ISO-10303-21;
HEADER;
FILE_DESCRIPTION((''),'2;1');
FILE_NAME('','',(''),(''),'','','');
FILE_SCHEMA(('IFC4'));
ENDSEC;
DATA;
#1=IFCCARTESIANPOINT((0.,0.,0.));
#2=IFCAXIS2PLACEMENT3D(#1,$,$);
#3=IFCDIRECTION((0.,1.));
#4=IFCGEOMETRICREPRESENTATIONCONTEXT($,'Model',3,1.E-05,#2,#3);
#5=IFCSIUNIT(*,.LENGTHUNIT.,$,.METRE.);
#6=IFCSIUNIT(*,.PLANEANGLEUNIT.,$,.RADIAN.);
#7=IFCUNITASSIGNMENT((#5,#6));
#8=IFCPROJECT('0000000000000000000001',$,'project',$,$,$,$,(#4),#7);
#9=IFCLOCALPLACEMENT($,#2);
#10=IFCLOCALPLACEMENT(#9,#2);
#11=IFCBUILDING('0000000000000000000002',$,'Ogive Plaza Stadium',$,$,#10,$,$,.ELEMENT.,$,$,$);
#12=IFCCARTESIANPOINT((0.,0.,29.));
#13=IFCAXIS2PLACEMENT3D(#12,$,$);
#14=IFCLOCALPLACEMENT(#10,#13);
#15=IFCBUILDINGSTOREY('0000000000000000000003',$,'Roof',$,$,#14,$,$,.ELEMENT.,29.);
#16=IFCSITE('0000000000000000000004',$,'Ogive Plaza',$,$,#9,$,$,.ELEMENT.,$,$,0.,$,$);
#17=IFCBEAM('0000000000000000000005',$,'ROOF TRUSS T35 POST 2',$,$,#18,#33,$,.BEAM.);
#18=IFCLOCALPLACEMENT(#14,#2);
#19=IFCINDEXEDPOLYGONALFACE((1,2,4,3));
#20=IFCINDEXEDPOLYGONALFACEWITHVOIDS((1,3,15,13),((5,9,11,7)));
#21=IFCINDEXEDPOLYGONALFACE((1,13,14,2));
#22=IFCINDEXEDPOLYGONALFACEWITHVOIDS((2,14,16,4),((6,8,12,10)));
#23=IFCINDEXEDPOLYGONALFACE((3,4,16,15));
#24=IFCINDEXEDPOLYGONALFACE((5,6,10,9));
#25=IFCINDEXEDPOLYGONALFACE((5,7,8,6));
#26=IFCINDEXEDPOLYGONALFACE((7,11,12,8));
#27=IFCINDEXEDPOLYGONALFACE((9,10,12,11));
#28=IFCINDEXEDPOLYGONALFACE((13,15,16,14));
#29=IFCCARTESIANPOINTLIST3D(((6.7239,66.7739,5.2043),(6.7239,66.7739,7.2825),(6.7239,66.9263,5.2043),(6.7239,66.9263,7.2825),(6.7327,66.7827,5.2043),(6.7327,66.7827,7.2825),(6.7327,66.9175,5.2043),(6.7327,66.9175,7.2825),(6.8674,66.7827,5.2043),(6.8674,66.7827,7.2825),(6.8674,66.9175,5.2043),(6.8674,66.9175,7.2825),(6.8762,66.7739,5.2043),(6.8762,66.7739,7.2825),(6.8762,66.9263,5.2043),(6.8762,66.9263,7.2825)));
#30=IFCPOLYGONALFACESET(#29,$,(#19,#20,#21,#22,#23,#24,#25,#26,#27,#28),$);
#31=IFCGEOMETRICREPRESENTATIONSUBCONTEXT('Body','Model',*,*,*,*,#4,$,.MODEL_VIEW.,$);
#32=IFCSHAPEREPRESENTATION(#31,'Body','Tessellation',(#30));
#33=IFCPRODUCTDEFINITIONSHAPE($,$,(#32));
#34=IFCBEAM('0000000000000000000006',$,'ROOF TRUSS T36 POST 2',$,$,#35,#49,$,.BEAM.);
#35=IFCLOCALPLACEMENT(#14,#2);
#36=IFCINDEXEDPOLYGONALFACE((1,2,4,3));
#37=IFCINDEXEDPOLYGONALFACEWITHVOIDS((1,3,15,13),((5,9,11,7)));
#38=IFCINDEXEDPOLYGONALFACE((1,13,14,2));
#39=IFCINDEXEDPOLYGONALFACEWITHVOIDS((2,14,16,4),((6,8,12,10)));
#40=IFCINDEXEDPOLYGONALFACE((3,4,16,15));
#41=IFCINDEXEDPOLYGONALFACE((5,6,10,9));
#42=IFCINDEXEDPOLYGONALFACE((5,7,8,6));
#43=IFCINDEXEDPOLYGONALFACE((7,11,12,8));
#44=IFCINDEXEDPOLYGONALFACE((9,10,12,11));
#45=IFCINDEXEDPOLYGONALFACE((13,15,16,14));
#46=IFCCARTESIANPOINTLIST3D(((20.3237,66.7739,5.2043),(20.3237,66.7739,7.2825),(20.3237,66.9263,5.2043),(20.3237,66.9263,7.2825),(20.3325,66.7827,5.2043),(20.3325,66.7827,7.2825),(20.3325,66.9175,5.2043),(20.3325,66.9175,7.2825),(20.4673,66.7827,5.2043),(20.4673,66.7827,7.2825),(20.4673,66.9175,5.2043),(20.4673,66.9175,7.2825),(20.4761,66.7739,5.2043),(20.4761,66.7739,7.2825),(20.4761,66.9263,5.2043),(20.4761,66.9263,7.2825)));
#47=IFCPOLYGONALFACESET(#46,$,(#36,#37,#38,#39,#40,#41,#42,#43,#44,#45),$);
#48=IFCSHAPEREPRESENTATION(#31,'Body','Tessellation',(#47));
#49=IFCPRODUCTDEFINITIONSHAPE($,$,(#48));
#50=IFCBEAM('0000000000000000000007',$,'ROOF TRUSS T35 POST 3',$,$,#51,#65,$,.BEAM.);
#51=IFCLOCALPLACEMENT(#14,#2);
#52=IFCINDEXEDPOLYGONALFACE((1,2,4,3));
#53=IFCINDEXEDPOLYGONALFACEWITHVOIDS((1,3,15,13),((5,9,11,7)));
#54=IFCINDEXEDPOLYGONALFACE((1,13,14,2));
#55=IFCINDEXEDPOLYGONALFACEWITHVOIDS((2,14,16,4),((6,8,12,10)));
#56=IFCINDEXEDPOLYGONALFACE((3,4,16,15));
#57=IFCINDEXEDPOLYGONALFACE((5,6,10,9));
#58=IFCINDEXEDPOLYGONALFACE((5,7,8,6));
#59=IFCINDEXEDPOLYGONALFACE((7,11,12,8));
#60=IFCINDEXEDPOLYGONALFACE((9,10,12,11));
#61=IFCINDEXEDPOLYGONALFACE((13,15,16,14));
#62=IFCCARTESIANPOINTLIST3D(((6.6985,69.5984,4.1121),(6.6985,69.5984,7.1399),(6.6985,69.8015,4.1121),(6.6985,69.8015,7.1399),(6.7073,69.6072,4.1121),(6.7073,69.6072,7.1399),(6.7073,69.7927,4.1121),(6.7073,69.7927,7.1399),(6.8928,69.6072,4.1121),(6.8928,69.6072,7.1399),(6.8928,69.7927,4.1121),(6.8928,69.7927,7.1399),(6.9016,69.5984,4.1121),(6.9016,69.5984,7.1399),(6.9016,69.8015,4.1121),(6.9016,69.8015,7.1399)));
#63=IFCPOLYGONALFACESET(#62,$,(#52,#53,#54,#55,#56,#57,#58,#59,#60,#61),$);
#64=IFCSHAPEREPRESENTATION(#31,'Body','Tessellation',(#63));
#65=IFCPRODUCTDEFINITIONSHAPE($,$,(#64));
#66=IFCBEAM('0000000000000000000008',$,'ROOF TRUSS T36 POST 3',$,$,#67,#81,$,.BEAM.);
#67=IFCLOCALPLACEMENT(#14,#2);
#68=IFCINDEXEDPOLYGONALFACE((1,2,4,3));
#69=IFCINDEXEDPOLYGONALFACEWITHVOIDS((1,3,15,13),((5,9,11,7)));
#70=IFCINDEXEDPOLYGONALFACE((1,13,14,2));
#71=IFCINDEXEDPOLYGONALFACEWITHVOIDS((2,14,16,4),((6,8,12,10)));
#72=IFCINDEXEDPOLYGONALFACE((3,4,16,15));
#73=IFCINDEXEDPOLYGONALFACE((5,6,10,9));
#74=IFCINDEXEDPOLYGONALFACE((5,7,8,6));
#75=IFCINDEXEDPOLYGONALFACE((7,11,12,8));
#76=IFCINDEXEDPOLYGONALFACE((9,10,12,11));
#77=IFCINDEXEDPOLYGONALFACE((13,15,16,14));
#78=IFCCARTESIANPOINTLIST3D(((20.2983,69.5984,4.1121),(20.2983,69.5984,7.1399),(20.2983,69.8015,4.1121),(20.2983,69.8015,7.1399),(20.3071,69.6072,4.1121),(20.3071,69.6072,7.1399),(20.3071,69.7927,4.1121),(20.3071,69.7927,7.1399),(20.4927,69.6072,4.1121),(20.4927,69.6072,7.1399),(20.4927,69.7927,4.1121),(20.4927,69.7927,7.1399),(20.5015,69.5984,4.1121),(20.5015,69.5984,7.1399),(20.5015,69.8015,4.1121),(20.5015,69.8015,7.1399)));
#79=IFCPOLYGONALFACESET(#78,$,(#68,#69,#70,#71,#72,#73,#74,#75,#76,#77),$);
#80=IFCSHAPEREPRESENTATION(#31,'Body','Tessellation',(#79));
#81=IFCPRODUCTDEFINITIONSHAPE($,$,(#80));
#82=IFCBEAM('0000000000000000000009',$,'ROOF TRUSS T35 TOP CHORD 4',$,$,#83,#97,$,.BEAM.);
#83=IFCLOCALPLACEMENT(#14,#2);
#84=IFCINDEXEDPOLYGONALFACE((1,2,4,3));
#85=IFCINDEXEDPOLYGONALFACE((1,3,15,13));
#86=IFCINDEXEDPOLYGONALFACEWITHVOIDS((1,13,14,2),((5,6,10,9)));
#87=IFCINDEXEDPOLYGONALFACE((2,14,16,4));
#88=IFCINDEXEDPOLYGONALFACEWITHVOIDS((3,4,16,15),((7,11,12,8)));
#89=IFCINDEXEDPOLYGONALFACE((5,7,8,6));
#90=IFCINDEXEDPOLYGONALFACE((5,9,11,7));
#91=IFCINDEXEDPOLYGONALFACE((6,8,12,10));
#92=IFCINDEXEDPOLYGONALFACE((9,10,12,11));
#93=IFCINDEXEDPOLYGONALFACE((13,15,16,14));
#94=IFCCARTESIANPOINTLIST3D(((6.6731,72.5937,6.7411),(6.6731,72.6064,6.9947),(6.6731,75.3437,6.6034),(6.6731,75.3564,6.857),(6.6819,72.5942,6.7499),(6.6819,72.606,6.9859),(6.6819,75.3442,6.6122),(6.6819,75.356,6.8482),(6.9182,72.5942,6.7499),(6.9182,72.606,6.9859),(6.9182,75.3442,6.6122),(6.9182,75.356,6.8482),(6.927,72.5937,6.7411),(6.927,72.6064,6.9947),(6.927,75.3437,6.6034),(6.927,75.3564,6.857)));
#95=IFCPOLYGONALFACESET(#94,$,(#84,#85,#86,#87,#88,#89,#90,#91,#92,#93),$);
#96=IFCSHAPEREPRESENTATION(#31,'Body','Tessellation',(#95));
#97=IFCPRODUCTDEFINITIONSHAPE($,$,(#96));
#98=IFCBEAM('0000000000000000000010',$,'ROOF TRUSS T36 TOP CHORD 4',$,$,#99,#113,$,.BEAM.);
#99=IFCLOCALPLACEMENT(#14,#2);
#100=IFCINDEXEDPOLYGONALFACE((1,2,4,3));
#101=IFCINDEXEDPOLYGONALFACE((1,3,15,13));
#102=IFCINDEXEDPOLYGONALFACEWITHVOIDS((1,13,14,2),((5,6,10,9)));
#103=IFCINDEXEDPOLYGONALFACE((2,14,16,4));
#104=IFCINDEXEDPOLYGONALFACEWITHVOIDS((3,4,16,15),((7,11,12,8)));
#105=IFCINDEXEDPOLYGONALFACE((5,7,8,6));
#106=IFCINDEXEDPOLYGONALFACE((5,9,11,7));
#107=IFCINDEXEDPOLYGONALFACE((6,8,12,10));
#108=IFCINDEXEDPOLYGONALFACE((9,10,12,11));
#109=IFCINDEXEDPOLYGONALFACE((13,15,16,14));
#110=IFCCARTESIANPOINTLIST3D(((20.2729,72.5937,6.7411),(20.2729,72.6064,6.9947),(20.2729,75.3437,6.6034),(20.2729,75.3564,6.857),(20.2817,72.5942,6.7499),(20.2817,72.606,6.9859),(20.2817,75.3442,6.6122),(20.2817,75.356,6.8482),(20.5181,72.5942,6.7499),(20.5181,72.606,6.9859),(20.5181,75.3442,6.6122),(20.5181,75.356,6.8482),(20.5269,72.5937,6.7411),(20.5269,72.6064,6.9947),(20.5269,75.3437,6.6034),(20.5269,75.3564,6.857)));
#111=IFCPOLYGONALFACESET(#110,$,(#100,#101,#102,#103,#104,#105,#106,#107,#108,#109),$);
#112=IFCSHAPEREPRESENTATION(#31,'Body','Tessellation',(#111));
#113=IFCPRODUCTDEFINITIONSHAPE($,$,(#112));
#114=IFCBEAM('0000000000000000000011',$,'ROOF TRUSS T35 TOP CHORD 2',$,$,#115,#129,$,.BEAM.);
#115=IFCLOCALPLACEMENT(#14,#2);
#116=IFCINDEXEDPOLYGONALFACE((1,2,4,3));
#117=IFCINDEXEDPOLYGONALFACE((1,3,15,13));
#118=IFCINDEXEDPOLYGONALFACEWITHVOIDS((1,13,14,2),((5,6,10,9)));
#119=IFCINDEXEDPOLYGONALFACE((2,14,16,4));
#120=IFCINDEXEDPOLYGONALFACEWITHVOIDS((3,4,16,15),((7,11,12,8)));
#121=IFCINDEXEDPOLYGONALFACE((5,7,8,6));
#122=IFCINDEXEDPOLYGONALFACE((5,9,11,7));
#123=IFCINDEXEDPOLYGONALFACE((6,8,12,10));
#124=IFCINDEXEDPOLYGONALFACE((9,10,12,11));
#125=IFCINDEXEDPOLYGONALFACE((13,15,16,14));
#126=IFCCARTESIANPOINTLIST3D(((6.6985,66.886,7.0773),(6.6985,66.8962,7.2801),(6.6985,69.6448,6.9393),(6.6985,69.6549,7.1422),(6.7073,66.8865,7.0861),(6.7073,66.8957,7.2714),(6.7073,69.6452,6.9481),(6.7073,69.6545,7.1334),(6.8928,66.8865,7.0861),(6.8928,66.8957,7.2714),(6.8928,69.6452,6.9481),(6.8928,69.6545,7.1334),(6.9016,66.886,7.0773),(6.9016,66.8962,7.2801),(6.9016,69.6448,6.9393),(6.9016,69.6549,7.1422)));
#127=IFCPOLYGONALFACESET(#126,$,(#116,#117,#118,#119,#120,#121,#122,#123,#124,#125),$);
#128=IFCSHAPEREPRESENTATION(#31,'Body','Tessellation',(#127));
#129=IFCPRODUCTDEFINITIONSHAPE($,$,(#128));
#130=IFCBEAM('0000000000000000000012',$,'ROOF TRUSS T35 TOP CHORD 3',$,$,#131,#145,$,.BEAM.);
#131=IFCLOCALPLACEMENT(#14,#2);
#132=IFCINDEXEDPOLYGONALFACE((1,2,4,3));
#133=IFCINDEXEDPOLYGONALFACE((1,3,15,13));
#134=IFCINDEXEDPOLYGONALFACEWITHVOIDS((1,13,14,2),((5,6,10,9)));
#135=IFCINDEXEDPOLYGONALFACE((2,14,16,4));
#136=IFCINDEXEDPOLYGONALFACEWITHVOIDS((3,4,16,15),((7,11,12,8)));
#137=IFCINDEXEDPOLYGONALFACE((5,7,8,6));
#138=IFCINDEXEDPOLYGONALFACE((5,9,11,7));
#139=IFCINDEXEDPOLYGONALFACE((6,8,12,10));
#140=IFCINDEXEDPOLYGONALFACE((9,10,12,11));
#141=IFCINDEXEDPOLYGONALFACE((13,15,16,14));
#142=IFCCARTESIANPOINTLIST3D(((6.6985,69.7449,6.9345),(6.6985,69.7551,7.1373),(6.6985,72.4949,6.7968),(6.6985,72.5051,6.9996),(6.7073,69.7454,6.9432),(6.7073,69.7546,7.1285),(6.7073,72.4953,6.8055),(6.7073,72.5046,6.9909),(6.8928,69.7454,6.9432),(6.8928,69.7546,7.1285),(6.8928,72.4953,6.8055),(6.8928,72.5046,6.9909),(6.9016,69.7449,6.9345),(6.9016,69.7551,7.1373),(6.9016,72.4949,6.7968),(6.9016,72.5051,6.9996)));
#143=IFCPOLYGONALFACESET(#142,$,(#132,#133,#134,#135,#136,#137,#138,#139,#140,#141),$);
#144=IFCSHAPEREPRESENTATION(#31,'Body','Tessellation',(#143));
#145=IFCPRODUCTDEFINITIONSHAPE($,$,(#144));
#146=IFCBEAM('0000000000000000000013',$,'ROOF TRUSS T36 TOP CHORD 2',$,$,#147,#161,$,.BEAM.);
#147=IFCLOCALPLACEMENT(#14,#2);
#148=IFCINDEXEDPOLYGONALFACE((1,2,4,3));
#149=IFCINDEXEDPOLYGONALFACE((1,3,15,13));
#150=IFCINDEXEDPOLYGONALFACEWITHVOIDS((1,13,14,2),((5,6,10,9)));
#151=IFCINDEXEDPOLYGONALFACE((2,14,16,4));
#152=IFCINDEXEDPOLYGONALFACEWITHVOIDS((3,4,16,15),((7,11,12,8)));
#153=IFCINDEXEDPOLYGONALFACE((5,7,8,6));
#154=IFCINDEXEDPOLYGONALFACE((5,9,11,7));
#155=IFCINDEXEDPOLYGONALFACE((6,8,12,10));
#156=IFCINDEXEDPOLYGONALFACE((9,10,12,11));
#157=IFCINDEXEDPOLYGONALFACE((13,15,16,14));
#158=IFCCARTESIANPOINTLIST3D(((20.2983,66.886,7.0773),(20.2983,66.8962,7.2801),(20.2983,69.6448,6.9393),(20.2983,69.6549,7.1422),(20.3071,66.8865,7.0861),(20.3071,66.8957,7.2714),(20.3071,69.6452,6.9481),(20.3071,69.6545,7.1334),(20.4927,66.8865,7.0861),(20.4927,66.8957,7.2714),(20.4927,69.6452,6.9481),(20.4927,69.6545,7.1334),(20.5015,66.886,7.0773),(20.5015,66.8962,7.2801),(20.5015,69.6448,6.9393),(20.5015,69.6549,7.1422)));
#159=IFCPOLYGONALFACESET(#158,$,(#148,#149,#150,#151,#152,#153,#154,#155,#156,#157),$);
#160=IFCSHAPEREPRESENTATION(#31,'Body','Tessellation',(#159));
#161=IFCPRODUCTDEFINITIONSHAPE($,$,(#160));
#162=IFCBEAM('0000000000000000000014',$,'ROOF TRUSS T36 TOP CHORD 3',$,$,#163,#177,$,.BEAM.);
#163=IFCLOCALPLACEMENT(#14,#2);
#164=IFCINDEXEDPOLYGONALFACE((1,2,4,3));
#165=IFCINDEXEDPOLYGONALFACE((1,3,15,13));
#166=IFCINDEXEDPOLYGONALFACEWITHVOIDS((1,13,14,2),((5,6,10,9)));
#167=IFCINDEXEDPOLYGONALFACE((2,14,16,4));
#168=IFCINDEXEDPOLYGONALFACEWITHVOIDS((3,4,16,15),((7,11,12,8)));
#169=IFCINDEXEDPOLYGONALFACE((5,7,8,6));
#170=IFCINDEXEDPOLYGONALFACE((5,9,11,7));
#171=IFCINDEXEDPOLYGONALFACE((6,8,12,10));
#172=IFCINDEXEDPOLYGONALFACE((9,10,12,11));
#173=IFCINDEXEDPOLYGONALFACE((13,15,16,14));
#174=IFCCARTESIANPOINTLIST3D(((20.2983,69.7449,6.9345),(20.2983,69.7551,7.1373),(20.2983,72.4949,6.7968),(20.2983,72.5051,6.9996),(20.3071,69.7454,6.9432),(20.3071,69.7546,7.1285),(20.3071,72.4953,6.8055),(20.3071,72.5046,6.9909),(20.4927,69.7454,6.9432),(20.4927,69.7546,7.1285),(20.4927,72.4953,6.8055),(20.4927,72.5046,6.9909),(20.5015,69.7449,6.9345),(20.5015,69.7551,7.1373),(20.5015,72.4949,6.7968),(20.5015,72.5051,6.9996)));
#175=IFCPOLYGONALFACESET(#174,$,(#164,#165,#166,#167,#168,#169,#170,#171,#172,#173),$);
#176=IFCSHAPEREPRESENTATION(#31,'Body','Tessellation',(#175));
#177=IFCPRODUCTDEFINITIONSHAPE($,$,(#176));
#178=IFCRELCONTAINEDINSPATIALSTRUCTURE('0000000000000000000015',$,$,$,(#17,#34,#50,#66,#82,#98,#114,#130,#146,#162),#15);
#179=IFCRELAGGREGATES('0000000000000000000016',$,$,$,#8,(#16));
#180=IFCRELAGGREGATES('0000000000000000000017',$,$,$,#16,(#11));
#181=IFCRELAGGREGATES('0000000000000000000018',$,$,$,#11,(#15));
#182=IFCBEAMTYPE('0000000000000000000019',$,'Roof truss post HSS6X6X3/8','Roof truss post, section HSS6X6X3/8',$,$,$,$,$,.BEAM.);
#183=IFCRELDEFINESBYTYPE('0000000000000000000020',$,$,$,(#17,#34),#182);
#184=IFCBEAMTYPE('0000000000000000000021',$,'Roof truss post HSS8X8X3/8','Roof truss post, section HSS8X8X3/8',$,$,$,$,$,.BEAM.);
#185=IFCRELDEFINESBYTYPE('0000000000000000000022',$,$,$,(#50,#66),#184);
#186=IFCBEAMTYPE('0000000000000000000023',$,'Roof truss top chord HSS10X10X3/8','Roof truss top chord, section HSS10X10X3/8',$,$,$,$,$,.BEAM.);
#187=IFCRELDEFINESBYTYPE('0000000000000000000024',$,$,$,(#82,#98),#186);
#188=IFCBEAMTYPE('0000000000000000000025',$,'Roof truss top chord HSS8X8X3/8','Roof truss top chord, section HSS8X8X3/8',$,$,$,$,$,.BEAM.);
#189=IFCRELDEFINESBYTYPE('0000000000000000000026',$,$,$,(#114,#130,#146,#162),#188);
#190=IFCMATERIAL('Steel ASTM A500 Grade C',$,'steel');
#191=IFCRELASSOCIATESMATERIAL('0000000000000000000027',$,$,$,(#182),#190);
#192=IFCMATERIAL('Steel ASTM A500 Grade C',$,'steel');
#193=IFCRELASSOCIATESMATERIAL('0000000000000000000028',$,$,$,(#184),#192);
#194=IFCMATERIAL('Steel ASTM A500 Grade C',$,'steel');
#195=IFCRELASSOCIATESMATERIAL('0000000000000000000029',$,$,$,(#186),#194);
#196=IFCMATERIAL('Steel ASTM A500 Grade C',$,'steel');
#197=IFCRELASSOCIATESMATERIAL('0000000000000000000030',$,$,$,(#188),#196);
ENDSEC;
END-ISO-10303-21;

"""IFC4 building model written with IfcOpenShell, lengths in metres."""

from ifc_helpers import new_model, si_unit, direction, frame, origin, origin_2d, place, context, subcontext, project, spatial, hollow_rectangle, extrude, material, material_profile, profile_set, type_object, element, save


model = new_model("IFC4")

# Units and contexts
model_context = context("Model", 3, precision=1e-05, world=origin(), true_north=direction((0.0, 1.0)))
body_context = subcontext(model_context, "Body", "Model", "MODEL_VIEW")
ifc_project = project(units=[si_unit("LENGTHUNIT", "METRE"), si_unit("PLANEANGLEUNIT", "RADIAN")], contexts=[model_context])

# Site, building, storey
site_placement = place(None, origin())
site = spatial("IfcSite", under=ifc_project, at=site_placement, Name="Ogive Plaza", CompositionType="ELEMENT", RefElevation=0.0)
building_placement = place(site_placement, origin())
building = spatial("IfcBuilding", under=site, at=building_placement, Name="Ogive Plaza Stadium", CompositionType="ELEMENT")
storey_placement = place(building_placement, frame((0.0, 0.0, 29.0)))
storey = spatial("IfcBuildingStorey", under=building, at=storey_placement, Name="Roof", CompositionType="ELEMENT", Elevation=29.0)

# Beams
ifc_material_1 = material(Name="Steel ASTM A500 Grade C", Category="steel")
ifc_material_profile_1 = material_profile(ifc_material_1, hollow_rectangle(XDim=0.1523, YDim=0.1523, WallThickness=0.0088, at=origin_2d()), Name="HSS6X6X3/8")
ifc_profile_set_1 = profile_set([ifc_material_profile_1], Name="Steel ASTM A500 Grade C")
beam_type_1 = type_object("IfcBeamType", Name="Roof truss post HSS6X6X3/8", Description="Roof truss post, section HSS6X6X3/8", PredefinedType="BEAM", material=ifc_profile_set_1)
for number, where, z_axis, x_axis, name in (
    (1, (6.8, 66.8501, 5.2043), (0.0, 0.0, 1.0), (-1.0, 0.0, 0.0), "ROOF TRUSS T35 POST 2"),
    (2, (20.3999, 66.8501, 5.2043), (0.0, 0.0, 1.0), (-1.0, 0.0, 0.0), "ROOF TRUSS T36 POST 2"),
):
    element("IfcBeam", number, at=place(storey_placement, frame(where, z_axis=z_axis, x_axis=x_axis)), inside=storey, type_object=beam_type_1, Name=name, PredefinedType="BEAM", context=body_context, shape_type="SweptSolid", body=[
        extrude(hollow_rectangle(XDim=0.1523, YDim=0.1523, WallThickness=0.0088, at=origin_2d()), origin(), (0.0, 0.0, 1.0), 2.0781),
    ])
ifc_material_2 = material(Name="Steel ASTM A500 Grade C", Category="steel")
ifc_material_profile_2 = material_profile(ifc_material_2, hollow_rectangle(XDim=0.2031, YDim=0.2031, WallThickness=0.0088, at=origin_2d()), Name="HSS8X8X3/8")
ifc_profile_set_2 = profile_set([ifc_material_profile_2], Name="Steel ASTM A500 Grade C")
beam_type_2 = type_object("IfcBeamType", Name="Roof truss post HSS8X8X3/8", Description="Roof truss post, section HSS8X8X3/8", PredefinedType="BEAM", material=ifc_profile_set_2)
for number, where, z_axis, x_axis, name in (
    (3, (6.8, 69.7, 4.1121), (0.0, 0.0, 1.0), (-1.0, 0.0, 0.0), "ROOF TRUSS T35 POST 3"),
    (4, (20.3999, 69.7, 4.1121), (0.0, 0.0, 1.0), (-1.0, 0.0, 0.0), "ROOF TRUSS T36 POST 3"),
):
    element("IfcBeam", number, at=place(storey_placement, frame(where, z_axis=z_axis, x_axis=x_axis)), inside=storey, type_object=beam_type_2, Name=name, PredefinedType="BEAM", context=body_context, shape_type="SweptSolid", body=[
        extrude(hollow_rectangle(XDim=0.2031, YDim=0.2031, WallThickness=0.0088, at=origin_2d()), origin(), (0.0, 0.0, 1.0), 3.0278),
    ])
ifc_material_3 = material(Name="Steel ASTM A500 Grade C", Category="steel")
ifc_material_profile_3 = material_profile(ifc_material_3, hollow_rectangle(XDim=0.2539, YDim=0.2539, WallThickness=0.0088, at=origin_2d()), Name="HSS10X10X3/8")
ifc_profile_set_3 = profile_set([ifc_material_profile_3], Name="Steel ASTM A500 Grade C")
beam_type_3 = type_object("IfcBeamType", Name="Roof truss top chord HSS10X10X3/8", Description="Roof truss top chord, section HSS10X10X3/8", PredefinedType="BEAM", material=ifc_profile_set_3)
for number, where, z_axis, x_axis, name in (
    (5, (6.8, 72.6001, 6.8679), (0.0, 0.998749, -0.050008), (-1.0, 0.0, 0.0), "ROOF TRUSS T35 TOP CHORD 4"),
    (6, (20.3999, 72.6001, 6.8679), (0.0, 0.998749, -0.050008), (-1.0, 0.0, 0.0), "ROOF TRUSS T36 TOP CHORD 4"),
):
    element("IfcBeam", number, at=place(storey_placement, frame(where, z_axis=z_axis, x_axis=x_axis)), inside=storey, type_object=beam_type_3, Name=name, PredefinedType="BEAM", context=body_context, shape_type="SweptSolid", body=[
        extrude(hollow_rectangle(XDim=0.2539, YDim=0.2539, WallThickness=0.0088, at=origin_2d()), origin(), (0.0, 0.0, 1.0), 2.7534),
    ])
ifc_material_4 = material(Name="Steel ASTM A500 Grade C", Category="steel")
ifc_material_profile_4 = material_profile(ifc_material_4, hollow_rectangle(XDim=0.2031, YDim=0.2031, WallThickness=0.0088, at=origin_2d()), Name="HSS8X8X3/8")
ifc_profile_set_4 = profile_set([ifc_material_profile_4], Name="Steel ASTM A500 Grade C")
beam_type_4 = type_object("IfcBeamType", Name="Roof truss top chord HSS8X8X3/8", Description="Roof truss top chord, section HSS8X8X3/8", PredefinedType="BEAM", material=ifc_profile_set_4)
beam_1_placement = place(storey_placement, frame((6.8, 66.8911, 7.1787), z_axis=(0.0, 0.998752, -0.049938), x_axis=(-1.0, 0.0, 0.0)))
element("IfcBeam", 7, at=beam_1_placement, inside=storey, type_object=beam_type_4, Name="ROOF TRUSS T35 TOP CHORD 2", PredefinedType="BEAM", context=body_context, shape_type="SweptSolid", body=[
    extrude(hollow_rectangle(XDim=0.2031, YDim=0.2031, WallThickness=0.0088, at=origin_2d()), origin(), (0.0, 0.0, 1.0), 2.7622),
])
beam_2_placement = place(storey_placement, frame((6.8, 69.75, 7.0359), z_axis=(0.0, 0.998749, -0.050008), x_axis=(-1.0, 0.0, 0.0)))
element("IfcBeam", 8, at=beam_2_placement, inside=storey, type_object=beam_type_4, Name="ROOF TRUSS T35 TOP CHORD 3", PredefinedType="BEAM", context=body_context, shape_type="SweptSolid", body=[
    extrude(hollow_rectangle(XDim=0.2031, YDim=0.2031, WallThickness=0.0088, at=origin_2d()), origin(), (0.0, 0.0, 1.0), 2.7534),
])
beam_3_placement = place(storey_placement, frame((20.3999, 66.8911, 7.1787), z_axis=(0.0, 0.998752, -0.049938), x_axis=(-1.0, 0.0, 0.0)))
element("IfcBeam", 9, at=beam_3_placement, inside=storey, type_object=beam_type_4, Name="ROOF TRUSS T36 TOP CHORD 2", PredefinedType="BEAM", context=body_context, shape_type="SweptSolid", body=[
    extrude(hollow_rectangle(XDim=0.2031, YDim=0.2031, WallThickness=0.0088, at=origin_2d()), origin(), (0.0, 0.0, 1.0), 2.7622),
])
beam_4_placement = place(storey_placement, frame((20.3999, 69.75, 7.0359), z_axis=(0.0, 0.998749, -0.050008), x_axis=(-1.0, 0.0, 0.0)))
element("IfcBeam", 10, at=beam_4_placement, inside=storey, type_object=beam_type_4, Name="ROOF TRUSS T36 TOP CHORD 3", PredefinedType="BEAM", context=body_context, shape_type="SweptSolid", body=[
    extrude(hollow_rectangle(XDim=0.2031, YDim=0.2031, WallThickness=0.0088, at=origin_2d()), origin(), (0.0, 0.0, 1.0), 2.7534),
])

save(model, "model.ifc")
